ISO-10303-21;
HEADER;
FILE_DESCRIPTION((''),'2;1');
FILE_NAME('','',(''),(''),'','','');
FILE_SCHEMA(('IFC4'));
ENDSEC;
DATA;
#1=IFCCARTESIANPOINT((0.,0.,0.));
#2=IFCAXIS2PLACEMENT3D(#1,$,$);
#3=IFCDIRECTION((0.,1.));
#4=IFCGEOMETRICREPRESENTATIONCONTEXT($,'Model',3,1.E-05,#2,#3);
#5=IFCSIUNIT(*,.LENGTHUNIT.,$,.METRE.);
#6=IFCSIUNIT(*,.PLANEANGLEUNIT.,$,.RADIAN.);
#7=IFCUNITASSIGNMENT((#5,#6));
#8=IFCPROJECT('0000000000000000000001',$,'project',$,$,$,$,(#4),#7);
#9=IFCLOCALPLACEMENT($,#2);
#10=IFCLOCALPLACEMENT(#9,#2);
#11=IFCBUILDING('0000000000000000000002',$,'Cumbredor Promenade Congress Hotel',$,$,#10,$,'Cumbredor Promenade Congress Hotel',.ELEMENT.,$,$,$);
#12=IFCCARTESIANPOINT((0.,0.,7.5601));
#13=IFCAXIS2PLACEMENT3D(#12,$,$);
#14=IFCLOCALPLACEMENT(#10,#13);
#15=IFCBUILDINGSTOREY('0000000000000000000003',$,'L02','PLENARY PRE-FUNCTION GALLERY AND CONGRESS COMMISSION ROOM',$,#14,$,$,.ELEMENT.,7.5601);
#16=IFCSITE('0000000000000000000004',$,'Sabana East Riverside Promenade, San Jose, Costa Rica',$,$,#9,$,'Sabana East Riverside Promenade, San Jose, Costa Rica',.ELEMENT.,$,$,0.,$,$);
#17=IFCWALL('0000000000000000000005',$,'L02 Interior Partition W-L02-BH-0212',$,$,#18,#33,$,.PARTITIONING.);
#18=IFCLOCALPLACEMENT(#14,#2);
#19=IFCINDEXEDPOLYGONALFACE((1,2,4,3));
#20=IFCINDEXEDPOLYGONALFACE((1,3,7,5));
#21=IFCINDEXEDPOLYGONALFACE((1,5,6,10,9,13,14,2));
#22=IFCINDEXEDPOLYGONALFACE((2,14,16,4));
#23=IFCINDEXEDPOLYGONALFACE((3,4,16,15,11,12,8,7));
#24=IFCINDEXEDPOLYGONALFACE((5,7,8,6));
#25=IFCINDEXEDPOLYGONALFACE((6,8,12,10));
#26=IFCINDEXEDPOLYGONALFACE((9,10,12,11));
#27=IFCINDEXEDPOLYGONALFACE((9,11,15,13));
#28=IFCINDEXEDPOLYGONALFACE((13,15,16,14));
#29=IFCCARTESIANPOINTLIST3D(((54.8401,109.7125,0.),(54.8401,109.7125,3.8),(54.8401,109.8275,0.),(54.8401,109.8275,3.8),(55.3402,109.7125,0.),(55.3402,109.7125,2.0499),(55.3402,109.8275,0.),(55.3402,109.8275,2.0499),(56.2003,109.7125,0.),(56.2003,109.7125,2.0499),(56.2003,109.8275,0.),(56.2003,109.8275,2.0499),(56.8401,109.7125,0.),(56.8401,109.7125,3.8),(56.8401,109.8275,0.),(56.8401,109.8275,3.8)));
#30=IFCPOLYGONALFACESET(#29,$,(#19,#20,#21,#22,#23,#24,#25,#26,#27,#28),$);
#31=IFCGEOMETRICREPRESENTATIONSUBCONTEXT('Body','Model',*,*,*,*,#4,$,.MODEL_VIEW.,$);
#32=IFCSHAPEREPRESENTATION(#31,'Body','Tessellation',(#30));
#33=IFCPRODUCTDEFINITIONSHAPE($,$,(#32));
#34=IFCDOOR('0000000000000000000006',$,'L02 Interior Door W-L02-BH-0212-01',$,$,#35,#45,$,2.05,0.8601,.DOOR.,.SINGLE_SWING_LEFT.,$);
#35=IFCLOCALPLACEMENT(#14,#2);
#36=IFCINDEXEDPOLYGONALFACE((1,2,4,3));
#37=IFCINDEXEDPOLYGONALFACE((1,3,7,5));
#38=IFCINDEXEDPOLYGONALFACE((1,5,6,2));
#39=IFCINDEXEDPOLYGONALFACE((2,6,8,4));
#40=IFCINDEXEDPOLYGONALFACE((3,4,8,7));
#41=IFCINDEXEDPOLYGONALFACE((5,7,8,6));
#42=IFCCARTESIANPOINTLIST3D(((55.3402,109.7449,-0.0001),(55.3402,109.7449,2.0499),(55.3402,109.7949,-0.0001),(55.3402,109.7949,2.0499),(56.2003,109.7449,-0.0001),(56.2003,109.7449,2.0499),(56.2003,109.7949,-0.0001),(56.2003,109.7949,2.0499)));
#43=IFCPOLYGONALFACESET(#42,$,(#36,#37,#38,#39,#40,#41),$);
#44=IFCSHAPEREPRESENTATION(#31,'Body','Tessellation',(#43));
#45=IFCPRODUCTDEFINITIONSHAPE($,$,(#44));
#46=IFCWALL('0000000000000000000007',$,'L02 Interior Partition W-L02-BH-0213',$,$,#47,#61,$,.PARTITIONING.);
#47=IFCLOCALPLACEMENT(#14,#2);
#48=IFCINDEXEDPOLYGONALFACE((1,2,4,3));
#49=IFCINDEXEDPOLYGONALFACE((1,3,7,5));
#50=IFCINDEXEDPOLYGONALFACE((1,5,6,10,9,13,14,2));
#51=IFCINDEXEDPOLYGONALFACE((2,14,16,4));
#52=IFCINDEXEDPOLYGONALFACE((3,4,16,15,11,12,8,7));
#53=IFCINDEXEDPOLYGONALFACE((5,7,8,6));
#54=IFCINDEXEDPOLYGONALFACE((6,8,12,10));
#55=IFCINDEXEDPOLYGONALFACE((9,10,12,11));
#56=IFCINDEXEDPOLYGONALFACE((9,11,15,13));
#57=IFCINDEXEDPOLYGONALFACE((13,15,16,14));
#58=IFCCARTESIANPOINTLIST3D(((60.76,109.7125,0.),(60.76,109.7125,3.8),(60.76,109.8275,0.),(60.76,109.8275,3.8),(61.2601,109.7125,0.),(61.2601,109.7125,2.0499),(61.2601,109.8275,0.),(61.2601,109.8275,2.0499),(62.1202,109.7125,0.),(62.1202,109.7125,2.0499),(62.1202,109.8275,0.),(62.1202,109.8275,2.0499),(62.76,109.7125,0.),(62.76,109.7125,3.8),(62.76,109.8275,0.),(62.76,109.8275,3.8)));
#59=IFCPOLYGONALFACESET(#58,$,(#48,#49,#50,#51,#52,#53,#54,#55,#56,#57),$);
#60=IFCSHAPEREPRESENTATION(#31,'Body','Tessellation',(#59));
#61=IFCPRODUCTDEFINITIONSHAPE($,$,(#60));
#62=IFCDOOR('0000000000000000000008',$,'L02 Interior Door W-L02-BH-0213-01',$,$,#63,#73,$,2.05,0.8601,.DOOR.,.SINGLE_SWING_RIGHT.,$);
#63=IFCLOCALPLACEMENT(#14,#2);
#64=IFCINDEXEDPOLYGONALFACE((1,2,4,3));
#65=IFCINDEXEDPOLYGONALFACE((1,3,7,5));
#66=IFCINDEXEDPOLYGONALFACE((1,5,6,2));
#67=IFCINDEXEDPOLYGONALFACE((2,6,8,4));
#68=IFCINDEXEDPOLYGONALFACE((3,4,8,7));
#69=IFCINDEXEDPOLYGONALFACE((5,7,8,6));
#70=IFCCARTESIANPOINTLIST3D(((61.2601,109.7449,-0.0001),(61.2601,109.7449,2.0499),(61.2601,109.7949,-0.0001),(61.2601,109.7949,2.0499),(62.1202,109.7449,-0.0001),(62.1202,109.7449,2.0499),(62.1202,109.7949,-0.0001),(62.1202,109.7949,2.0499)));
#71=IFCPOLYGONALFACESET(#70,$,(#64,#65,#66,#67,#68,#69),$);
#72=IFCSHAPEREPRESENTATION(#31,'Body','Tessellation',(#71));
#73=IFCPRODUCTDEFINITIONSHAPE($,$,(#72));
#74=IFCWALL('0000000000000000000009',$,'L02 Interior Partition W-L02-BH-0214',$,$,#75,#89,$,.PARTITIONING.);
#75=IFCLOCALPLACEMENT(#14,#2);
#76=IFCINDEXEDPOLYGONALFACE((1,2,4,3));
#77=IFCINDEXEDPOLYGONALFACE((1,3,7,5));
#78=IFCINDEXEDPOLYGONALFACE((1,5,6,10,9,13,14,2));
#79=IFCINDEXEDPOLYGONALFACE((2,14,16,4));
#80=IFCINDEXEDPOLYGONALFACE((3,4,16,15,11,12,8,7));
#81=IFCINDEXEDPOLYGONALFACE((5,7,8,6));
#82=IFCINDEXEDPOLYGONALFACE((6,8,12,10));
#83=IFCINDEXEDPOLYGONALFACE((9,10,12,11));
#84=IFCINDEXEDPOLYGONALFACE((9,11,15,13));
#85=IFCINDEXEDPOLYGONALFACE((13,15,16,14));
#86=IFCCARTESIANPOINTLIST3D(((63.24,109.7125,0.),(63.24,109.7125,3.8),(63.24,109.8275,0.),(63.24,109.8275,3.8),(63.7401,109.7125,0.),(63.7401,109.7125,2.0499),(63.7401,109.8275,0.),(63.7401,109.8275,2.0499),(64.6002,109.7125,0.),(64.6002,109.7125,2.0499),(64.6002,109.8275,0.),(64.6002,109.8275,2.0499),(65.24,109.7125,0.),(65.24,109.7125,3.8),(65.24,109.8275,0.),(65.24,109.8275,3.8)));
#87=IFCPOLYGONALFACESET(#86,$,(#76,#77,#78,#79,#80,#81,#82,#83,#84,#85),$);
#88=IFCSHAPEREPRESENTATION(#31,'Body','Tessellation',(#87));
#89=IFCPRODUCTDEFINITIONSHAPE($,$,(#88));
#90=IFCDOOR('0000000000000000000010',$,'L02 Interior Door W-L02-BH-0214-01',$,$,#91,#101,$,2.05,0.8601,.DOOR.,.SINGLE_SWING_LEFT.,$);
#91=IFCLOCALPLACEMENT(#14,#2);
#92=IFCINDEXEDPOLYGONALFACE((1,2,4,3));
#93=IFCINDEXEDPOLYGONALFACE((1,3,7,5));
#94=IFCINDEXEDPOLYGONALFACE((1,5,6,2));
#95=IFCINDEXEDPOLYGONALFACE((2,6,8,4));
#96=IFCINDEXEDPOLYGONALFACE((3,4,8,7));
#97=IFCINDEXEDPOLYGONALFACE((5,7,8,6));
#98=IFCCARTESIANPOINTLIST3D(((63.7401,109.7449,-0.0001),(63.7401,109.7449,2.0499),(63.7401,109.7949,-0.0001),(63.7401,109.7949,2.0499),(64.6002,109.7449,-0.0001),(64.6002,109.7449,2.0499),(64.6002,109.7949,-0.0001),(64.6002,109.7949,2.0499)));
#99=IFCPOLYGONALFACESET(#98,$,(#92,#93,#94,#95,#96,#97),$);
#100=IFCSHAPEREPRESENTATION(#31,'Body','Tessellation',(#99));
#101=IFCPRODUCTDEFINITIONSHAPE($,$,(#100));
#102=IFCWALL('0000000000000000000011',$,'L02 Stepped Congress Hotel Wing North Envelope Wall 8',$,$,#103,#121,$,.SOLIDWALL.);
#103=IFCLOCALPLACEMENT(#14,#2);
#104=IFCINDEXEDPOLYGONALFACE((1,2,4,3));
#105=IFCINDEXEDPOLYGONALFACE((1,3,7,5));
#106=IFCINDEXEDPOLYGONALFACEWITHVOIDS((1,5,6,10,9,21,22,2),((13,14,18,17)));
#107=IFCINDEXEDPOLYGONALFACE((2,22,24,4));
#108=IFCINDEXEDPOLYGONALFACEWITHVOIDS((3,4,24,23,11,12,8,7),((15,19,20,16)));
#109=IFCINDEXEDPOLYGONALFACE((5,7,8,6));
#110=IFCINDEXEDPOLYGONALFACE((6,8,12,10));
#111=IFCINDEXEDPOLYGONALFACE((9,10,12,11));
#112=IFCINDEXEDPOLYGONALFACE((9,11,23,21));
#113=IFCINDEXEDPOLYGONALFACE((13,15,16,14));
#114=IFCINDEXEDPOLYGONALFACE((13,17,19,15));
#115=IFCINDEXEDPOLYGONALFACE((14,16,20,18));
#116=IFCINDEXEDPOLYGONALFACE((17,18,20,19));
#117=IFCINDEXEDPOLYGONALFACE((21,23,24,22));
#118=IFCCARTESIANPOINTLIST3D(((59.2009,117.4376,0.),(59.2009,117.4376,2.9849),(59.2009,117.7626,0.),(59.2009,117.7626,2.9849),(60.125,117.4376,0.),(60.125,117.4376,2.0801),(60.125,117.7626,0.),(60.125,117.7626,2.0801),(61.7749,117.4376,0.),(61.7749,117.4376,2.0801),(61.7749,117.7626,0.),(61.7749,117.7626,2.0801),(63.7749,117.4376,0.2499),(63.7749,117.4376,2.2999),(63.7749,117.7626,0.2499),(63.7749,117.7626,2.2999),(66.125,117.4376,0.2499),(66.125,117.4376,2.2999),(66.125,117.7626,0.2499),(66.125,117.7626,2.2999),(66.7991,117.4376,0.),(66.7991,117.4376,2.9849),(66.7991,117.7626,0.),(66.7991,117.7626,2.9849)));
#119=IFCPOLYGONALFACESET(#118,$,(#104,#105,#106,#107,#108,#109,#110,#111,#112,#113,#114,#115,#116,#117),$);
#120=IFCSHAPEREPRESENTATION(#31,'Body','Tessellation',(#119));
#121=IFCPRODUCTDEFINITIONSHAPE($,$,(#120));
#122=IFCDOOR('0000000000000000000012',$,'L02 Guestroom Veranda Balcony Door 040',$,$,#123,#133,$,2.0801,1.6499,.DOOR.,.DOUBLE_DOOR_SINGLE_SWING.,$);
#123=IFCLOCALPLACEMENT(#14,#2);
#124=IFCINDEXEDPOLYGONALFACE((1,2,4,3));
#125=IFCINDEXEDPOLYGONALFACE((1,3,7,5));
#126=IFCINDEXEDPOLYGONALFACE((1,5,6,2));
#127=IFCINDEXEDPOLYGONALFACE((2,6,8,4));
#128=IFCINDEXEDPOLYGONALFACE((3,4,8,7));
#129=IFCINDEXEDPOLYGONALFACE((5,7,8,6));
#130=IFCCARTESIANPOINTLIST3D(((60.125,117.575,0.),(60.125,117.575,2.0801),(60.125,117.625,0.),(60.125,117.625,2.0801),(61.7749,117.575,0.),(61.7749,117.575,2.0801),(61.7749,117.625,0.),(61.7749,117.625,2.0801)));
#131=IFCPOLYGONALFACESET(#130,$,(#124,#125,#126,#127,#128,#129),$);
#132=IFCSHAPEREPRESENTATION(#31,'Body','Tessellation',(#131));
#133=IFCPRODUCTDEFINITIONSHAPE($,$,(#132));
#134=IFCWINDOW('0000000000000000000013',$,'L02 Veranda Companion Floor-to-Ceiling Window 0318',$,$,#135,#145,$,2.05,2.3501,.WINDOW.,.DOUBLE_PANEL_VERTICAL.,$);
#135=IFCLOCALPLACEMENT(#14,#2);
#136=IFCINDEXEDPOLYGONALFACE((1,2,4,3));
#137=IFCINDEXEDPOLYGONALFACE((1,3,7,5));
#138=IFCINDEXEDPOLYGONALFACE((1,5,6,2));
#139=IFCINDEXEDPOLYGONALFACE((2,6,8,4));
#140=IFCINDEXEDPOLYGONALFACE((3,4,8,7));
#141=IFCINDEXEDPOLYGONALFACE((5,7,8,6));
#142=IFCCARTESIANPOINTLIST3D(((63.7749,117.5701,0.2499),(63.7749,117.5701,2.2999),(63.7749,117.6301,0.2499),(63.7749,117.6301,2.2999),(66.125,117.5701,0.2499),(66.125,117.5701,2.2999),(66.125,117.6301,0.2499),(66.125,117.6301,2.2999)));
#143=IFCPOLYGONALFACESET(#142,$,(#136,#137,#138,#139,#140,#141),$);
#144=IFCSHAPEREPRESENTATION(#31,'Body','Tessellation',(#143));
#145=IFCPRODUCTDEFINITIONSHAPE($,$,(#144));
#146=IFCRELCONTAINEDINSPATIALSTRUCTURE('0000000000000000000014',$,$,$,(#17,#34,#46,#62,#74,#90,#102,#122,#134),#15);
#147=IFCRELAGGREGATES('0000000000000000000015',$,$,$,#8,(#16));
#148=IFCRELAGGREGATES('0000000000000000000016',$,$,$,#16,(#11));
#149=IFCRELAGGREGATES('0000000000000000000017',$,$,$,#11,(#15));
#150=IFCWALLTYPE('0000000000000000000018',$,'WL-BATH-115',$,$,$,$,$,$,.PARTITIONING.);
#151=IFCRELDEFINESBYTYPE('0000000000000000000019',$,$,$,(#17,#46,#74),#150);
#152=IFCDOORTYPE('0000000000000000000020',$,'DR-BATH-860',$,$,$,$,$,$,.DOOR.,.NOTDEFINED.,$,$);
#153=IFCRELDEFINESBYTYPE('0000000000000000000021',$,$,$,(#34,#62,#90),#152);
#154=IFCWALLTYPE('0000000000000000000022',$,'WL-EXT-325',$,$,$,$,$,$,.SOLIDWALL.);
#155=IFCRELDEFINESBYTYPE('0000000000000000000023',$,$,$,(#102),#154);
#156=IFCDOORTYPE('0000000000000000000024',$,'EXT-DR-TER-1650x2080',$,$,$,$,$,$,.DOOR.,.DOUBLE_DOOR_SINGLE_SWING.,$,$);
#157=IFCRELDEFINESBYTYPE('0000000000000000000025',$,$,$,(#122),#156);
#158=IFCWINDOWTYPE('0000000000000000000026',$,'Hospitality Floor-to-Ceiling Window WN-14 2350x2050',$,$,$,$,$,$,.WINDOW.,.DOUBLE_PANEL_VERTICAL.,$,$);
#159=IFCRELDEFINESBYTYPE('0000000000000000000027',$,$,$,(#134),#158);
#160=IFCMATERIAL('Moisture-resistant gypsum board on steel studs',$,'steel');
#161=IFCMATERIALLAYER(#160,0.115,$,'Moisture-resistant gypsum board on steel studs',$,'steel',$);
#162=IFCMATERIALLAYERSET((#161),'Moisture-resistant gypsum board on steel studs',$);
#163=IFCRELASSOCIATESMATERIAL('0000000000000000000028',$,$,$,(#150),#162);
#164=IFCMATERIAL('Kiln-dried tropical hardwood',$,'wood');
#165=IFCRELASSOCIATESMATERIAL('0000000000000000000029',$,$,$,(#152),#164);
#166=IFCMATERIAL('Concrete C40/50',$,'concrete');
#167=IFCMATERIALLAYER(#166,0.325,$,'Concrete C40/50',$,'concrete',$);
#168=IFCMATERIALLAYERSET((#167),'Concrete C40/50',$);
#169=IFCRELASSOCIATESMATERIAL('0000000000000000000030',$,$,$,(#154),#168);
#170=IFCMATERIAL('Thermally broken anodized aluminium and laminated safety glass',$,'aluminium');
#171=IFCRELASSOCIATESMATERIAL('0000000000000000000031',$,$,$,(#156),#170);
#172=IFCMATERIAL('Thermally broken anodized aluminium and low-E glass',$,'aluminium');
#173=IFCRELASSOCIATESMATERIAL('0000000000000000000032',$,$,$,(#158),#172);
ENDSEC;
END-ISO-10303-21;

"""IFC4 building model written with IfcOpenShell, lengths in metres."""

from ifc_helpers import new_model, si_unit, direction, frame, frame_2d, origin, place, context, subcontext, project, spatial, rectangle, extrude, material, layer, layer_set, type_object, element, fill, save


model = new_model("IFC4")

# Units and contexts
model_context = context("Model", 3, precision=1e-05, world=origin(), true_north=direction((0.0, 1.0)))
body_context = subcontext(model_context, "Body", "Model", "MODEL_VIEW")
ifc_project = project(units=[si_unit("LENGTHUNIT", "METRE"), si_unit("PLANEANGLEUNIT", "RADIAN")], contexts=[model_context])

# Site, building, storey
site_placement = place(None, origin())
site = spatial("IfcSite", under=ifc_project, at=site_placement, Name="Sabana East Riverside Promenade, San Jose, Costa Rica", LongName="Sabana East Riverside Promenade, San Jose, Costa Rica", CompositionType="ELEMENT", RefElevation=0.0)
building_placement = place(site_placement, origin())
building = spatial("IfcBuilding", under=site, at=building_placement, Name="Cumbredor Promenade Congress Hotel", LongName="Cumbredor Promenade Congress Hotel", CompositionType="ELEMENT")
storey_placement = place(building_placement, frame((0.0, 0.0, 7.5601)))
storey = spatial("IfcBuildingStorey", under=building, at=storey_placement, Name="L02", Description="PLENARY PRE-FUNCTION GALLERY AND CONGRESS COMMISSION ROOM", CompositionType="ELEMENT", Elevation=7.5601)

# Shared definitions
ifc_material_1 = material(Name="Concrete C40/50", Category="concrete")

# Shared definitions
ifc_material_2 = material(Name="Thermally broken anodized aluminium and low-E glass", Category="aluminium")

# Shared definitions
ifc_material_3 = material(Name="Kiln-dried tropical hardwood", Category="wood")

# Walls, openings, doors
ifc_material_4 = material(Name="Moisture-resistant gypsum board on steel studs", Category="steel")
ifc_layer_1 = layer(ifc_material_4, 0.115, Name="Moisture-resistant gypsum board on steel studs", Category="steel")
ifc_layer_set_1 = layer_set([ifc_layer_1], Name="Moisture-resistant gypsum board on steel studs")
wall_type_1 = type_object("IfcWallType", Name="WL-BATH-115", PredefinedType="PARTITIONING", material=ifc_layer_set_1)
wall_1_placement = place(storey_placement, frame((54.8401, 109.77, 0.0), z_axis=(0.0, 0.0, 1.0), x_axis=(1.0, 0.0, 0.0)))
wall_1 = element("IfcWall", 1, at=wall_1_placement, inside=storey, type_object=wall_type_1, Name="L02 Interior Partition W-L02-BH-0212", PredefinedType="PARTITIONING", context=body_context, shape_type="SweptSolid", body=[
    extrude(rectangle(XDim=2.0, YDim=0.115, at=frame_2d((1.0, 0.0))), origin(), (0.0, 0.0, 1.0), 3.8),
])
opening_1_placement = place(wall_1_placement, frame((0.5, 0.0, 0.0)))
opening_1 = element("IfcOpeningElement", 2, at=opening_1_placement, cuts=wall_1, PredefinedType="OPENING", context=body_context, shape_type="SweptSolid", body=[
    extrude(rectangle(XDim=0.8601, YDim=2.05, at=frame_2d((0.4302, 1.0249))), frame((0.0, 0.0674, 0.0), z_axis=(0.0, -1.0, 0.0), x_axis=(1.0, 0.0, 0.0)), (0.0, 0.0, 1.0), 0.135),
])
door_type_1 = type_object("IfcDoorType", Name="DR-BATH-860", OperationType="NOTDEFINED", PredefinedType="DOOR", material=ifc_material_3)
door_1_placement = place(opening_1_placement, origin())
door_1 = element("IfcDoor", 3, at=door_1_placement, inside=storey, type_object=door_type_1, Name="L02 Interior Door W-L02-BH-0212-01", OperationType="SINGLE_SWING_LEFT", OverallHeight=2.05, OverallWidth=0.8601, PredefinedType="DOOR", context=body_context, shape_type="SweptSolid", body=[
    extrude(rectangle(XDim=0.8601, YDim=2.05, at=frame_2d((0.4302, 1.0249))), frame((0.0, 0.0249, 0.0), z_axis=(0.0, -1.0, 0.0), x_axis=(1.0, 0.0, 0.0)), (0.0, 0.0, 1.0), 0.05),
])
fill(opening_1, door_1)
wall_2_placement = place(storey_placement, frame((60.76, 109.77, 0.0), z_axis=(0.0, 0.0, 1.0), x_axis=(1.0, 0.0, 0.0)))
wall_2 = element("IfcWall", 4, at=wall_2_placement, inside=storey, type_object=wall_type_1, Name="L02 Interior Partition W-L02-BH-0213", PredefinedType="PARTITIONING", context=body_context, shape_type="SweptSolid", body=[
    extrude(rectangle(XDim=2.0, YDim=0.115, at=frame_2d((1.0, 0.0))), origin(), (0.0, 0.0, 1.0), 3.8),
])
opening_2_placement = place(wall_2_placement, frame((0.5, 0.0, 0.0)))
opening_2 = element("IfcOpeningElement", 5, at=opening_2_placement, cuts=wall_2, PredefinedType="OPENING", context=body_context, shape_type="SweptSolid", body=[
    extrude(rectangle(XDim=0.8601, YDim=2.05, at=frame_2d((0.4302, 1.0249))), frame((0.0, 0.0674, 0.0), z_axis=(0.0, -1.0, 0.0), x_axis=(1.0, 0.0, 0.0)), (0.0, 0.0, 1.0), 0.135),
])
door_2_placement = place(opening_2_placement, origin())
door_2 = element("IfcDoor", 6, at=door_2_placement, inside=storey, type_object=door_type_1, Name="L02 Interior Door W-L02-BH-0213-01", OperationType="SINGLE_SWING_RIGHT", OverallHeight=2.05, OverallWidth=0.8601, PredefinedType="DOOR", context=body_context, shape_type="SweptSolid", body=[
    extrude(rectangle(XDim=0.8601, YDim=2.05, at=frame_2d((0.4302, 1.0249))), frame((0.0, 0.0249, 0.0), z_axis=(0.0, -1.0, 0.0), x_axis=(1.0, 0.0, 0.0)), (0.0, 0.0, 1.0), 0.05),
])
fill(opening_2, door_2)
wall_3_placement = place(storey_placement, frame((63.24, 109.77, 0.0), z_axis=(0.0, 0.0, 1.0), x_axis=(1.0, 0.0, 0.0)))
wall_3 = element("IfcWall", 7, at=wall_3_placement, inside=storey, type_object=wall_type_1, Name="L02 Interior Partition W-L02-BH-0214", PredefinedType="PARTITIONING", context=body_context, shape_type="SweptSolid", body=[
    extrude(rectangle(XDim=2.0, YDim=0.115, at=frame_2d((1.0, 0.0))), origin(), (0.0, 0.0, 1.0), 3.8),
])
opening_3_placement = place(wall_3_placement, frame((0.5, 0.0, 0.0)))
opening_3 = element("IfcOpeningElement", 8, at=opening_3_placement, cuts=wall_3, PredefinedType="OPENING", context=body_context, shape_type="SweptSolid", body=[
    extrude(rectangle(XDim=0.8601, YDim=2.05, at=frame_2d((0.4302, 1.0249))), frame((0.0, 0.0674, 0.0), z_axis=(0.0, -1.0, 0.0), x_axis=(1.0, 0.0, 0.0)), (0.0, 0.0, 1.0), 0.135),
])
door_3_placement = place(opening_3_placement, origin())
door_3 = element("IfcDoor", 9, at=door_3_placement, inside=storey, type_object=door_type_1, Name="L02 Interior Door W-L02-BH-0214-01", OperationType="SINGLE_SWING_LEFT", OverallHeight=2.05, OverallWidth=0.8601, PredefinedType="DOOR", context=body_context, shape_type="SweptSolid", body=[
    extrude(rectangle(XDim=0.8601, YDim=2.05, at=frame_2d((0.4302, 1.0249))), frame((0.0, 0.0249, 0.0), z_axis=(0.0, -1.0, 0.0), x_axis=(1.0, 0.0, 0.0)), (0.0, 0.0, 1.0), 0.05),
])
fill(opening_3, door_3)

# Wall, openings, door, window
ifc_layer_2 = layer(ifc_material_1, 0.325, Name="Concrete C40/50", Category="concrete")
ifc_layer_set_2 = layer_set([ifc_layer_2], Name="Concrete C40/50")
wall_type_2 = type_object("IfcWallType", Name="WL-EXT-325", PredefinedType="SOLIDWALL", material=ifc_layer_set_2)
wall_4_placement = place(storey_placement, frame((59.2009, 117.6001, 0.0), z_axis=(0.0, 0.0, 1.0), x_axis=(1.0, 0.0, 0.0)))
wall_4 = element("IfcWall", 10, at=wall_4_placement, inside=storey, type_object=wall_type_2, Name="L02 Stepped Congress Hotel Wing North Envelope Wall 8", PredefinedType="SOLIDWALL", context=body_context, shape_type="SweptSolid", body=[
    extrude(rectangle(XDim=7.5981, YDim=0.325, at=frame_2d((3.7991, 0.0))), origin(), (0.0, 0.0, 1.0), 2.9849),
])
opening_4_placement = place(wall_4_placement, frame((0.9241, 0.0, 0.0)))
opening_4 = element("IfcOpeningElement", 11, at=opening_4_placement, cuts=wall_4, PredefinedType="OPENING", context=body_context, shape_type="SweptSolid", body=[
    extrude(rectangle(XDim=1.6499, YDim=2.0801, at=frame_2d((0.825, 1.04))), frame((0.0, 0.1724, 0.0), z_axis=(0.0, -1.0, 0.0), x_axis=(1.0, 0.0, 0.0)), (0.0, 0.0, 1.0), 0.345),
])
opening_5_placement = place(wall_4_placement, frame((4.574, 0.0, 0.25)))
opening_5 = element("IfcOpeningElement", 12, at=opening_5_placement, cuts=wall_4, PredefinedType="OPENING", context=body_context, shape_type="SweptSolid", body=[
    extrude(rectangle(XDim=2.3501, YDim=2.05, at=frame_2d((1.175, 1.0249))), frame((0.0, 0.1724, 0.0), z_axis=(0.0, -1.0, 0.0), x_axis=(1.0, 0.0, 0.0)), (0.0, 0.0, 1.0), 0.345),
])
ifc_material_5 = material(Name="Thermally broken anodized aluminium and laminated safety glass", Category="aluminium")
door_type_2 = type_object("IfcDoorType", Name="EXT-DR-TER-1650x2080", OperationType="DOUBLE_DOOR_SINGLE_SWING", PredefinedType="DOOR", material=ifc_material_5)
door_4_placement = place(opening_4_placement, origin())
door_4 = element("IfcDoor", 13, at=door_4_placement, inside=storey, type_object=door_type_2, Name="L02 Guestroom Veranda Balcony Door 040", OperationType="DOUBLE_DOOR_SINGLE_SWING", OverallHeight=2.0801, OverallWidth=1.6499, PredefinedType="DOOR", context=body_context, shape_type="SweptSolid", body=[
    extrude(rectangle(XDim=1.6499, YDim=2.0801, at=frame_2d((0.825, 1.04))), frame((0.0, 0.0249, 0.0), z_axis=(0.0, -1.0, 0.0), x_axis=(1.0, 0.0, 0.0)), (0.0, 0.0, 1.0), 0.05),
])
fill(opening_4, door_4)
window_type = type_object("IfcWindowType", Name="Hospitality Floor-to-Ceiling Window WN-14 2350x2050", PartitioningType="DOUBLE_PANEL_VERTICAL", PredefinedType="WINDOW", material=ifc_material_2)
window_placement = place(opening_5_placement, origin())
window = element("IfcWindow", 14, at=window_placement, inside=storey, type_object=window_type, Name="L02 Veranda Companion Floor-to-Ceiling Window 0318", OverallHeight=2.05, OverallWidth=2.3501, PartitioningType="DOUBLE_PANEL_VERTICAL", PredefinedType="WINDOW", context=body_context, shape_type="SweptSolid", body=[
    extrude(rectangle(XDim=2.3501, YDim=2.05, at=frame_2d((1.175, 1.0249))), frame((0.0, 0.03, 0.0), z_axis=(0.0, -1.0, 0.0), x_axis=(1.0, 0.0, 0.0)), (0.0, 0.0, 1.0), 0.0601),
])
fill(opening_5, window)

save(model, "model.ifc")
